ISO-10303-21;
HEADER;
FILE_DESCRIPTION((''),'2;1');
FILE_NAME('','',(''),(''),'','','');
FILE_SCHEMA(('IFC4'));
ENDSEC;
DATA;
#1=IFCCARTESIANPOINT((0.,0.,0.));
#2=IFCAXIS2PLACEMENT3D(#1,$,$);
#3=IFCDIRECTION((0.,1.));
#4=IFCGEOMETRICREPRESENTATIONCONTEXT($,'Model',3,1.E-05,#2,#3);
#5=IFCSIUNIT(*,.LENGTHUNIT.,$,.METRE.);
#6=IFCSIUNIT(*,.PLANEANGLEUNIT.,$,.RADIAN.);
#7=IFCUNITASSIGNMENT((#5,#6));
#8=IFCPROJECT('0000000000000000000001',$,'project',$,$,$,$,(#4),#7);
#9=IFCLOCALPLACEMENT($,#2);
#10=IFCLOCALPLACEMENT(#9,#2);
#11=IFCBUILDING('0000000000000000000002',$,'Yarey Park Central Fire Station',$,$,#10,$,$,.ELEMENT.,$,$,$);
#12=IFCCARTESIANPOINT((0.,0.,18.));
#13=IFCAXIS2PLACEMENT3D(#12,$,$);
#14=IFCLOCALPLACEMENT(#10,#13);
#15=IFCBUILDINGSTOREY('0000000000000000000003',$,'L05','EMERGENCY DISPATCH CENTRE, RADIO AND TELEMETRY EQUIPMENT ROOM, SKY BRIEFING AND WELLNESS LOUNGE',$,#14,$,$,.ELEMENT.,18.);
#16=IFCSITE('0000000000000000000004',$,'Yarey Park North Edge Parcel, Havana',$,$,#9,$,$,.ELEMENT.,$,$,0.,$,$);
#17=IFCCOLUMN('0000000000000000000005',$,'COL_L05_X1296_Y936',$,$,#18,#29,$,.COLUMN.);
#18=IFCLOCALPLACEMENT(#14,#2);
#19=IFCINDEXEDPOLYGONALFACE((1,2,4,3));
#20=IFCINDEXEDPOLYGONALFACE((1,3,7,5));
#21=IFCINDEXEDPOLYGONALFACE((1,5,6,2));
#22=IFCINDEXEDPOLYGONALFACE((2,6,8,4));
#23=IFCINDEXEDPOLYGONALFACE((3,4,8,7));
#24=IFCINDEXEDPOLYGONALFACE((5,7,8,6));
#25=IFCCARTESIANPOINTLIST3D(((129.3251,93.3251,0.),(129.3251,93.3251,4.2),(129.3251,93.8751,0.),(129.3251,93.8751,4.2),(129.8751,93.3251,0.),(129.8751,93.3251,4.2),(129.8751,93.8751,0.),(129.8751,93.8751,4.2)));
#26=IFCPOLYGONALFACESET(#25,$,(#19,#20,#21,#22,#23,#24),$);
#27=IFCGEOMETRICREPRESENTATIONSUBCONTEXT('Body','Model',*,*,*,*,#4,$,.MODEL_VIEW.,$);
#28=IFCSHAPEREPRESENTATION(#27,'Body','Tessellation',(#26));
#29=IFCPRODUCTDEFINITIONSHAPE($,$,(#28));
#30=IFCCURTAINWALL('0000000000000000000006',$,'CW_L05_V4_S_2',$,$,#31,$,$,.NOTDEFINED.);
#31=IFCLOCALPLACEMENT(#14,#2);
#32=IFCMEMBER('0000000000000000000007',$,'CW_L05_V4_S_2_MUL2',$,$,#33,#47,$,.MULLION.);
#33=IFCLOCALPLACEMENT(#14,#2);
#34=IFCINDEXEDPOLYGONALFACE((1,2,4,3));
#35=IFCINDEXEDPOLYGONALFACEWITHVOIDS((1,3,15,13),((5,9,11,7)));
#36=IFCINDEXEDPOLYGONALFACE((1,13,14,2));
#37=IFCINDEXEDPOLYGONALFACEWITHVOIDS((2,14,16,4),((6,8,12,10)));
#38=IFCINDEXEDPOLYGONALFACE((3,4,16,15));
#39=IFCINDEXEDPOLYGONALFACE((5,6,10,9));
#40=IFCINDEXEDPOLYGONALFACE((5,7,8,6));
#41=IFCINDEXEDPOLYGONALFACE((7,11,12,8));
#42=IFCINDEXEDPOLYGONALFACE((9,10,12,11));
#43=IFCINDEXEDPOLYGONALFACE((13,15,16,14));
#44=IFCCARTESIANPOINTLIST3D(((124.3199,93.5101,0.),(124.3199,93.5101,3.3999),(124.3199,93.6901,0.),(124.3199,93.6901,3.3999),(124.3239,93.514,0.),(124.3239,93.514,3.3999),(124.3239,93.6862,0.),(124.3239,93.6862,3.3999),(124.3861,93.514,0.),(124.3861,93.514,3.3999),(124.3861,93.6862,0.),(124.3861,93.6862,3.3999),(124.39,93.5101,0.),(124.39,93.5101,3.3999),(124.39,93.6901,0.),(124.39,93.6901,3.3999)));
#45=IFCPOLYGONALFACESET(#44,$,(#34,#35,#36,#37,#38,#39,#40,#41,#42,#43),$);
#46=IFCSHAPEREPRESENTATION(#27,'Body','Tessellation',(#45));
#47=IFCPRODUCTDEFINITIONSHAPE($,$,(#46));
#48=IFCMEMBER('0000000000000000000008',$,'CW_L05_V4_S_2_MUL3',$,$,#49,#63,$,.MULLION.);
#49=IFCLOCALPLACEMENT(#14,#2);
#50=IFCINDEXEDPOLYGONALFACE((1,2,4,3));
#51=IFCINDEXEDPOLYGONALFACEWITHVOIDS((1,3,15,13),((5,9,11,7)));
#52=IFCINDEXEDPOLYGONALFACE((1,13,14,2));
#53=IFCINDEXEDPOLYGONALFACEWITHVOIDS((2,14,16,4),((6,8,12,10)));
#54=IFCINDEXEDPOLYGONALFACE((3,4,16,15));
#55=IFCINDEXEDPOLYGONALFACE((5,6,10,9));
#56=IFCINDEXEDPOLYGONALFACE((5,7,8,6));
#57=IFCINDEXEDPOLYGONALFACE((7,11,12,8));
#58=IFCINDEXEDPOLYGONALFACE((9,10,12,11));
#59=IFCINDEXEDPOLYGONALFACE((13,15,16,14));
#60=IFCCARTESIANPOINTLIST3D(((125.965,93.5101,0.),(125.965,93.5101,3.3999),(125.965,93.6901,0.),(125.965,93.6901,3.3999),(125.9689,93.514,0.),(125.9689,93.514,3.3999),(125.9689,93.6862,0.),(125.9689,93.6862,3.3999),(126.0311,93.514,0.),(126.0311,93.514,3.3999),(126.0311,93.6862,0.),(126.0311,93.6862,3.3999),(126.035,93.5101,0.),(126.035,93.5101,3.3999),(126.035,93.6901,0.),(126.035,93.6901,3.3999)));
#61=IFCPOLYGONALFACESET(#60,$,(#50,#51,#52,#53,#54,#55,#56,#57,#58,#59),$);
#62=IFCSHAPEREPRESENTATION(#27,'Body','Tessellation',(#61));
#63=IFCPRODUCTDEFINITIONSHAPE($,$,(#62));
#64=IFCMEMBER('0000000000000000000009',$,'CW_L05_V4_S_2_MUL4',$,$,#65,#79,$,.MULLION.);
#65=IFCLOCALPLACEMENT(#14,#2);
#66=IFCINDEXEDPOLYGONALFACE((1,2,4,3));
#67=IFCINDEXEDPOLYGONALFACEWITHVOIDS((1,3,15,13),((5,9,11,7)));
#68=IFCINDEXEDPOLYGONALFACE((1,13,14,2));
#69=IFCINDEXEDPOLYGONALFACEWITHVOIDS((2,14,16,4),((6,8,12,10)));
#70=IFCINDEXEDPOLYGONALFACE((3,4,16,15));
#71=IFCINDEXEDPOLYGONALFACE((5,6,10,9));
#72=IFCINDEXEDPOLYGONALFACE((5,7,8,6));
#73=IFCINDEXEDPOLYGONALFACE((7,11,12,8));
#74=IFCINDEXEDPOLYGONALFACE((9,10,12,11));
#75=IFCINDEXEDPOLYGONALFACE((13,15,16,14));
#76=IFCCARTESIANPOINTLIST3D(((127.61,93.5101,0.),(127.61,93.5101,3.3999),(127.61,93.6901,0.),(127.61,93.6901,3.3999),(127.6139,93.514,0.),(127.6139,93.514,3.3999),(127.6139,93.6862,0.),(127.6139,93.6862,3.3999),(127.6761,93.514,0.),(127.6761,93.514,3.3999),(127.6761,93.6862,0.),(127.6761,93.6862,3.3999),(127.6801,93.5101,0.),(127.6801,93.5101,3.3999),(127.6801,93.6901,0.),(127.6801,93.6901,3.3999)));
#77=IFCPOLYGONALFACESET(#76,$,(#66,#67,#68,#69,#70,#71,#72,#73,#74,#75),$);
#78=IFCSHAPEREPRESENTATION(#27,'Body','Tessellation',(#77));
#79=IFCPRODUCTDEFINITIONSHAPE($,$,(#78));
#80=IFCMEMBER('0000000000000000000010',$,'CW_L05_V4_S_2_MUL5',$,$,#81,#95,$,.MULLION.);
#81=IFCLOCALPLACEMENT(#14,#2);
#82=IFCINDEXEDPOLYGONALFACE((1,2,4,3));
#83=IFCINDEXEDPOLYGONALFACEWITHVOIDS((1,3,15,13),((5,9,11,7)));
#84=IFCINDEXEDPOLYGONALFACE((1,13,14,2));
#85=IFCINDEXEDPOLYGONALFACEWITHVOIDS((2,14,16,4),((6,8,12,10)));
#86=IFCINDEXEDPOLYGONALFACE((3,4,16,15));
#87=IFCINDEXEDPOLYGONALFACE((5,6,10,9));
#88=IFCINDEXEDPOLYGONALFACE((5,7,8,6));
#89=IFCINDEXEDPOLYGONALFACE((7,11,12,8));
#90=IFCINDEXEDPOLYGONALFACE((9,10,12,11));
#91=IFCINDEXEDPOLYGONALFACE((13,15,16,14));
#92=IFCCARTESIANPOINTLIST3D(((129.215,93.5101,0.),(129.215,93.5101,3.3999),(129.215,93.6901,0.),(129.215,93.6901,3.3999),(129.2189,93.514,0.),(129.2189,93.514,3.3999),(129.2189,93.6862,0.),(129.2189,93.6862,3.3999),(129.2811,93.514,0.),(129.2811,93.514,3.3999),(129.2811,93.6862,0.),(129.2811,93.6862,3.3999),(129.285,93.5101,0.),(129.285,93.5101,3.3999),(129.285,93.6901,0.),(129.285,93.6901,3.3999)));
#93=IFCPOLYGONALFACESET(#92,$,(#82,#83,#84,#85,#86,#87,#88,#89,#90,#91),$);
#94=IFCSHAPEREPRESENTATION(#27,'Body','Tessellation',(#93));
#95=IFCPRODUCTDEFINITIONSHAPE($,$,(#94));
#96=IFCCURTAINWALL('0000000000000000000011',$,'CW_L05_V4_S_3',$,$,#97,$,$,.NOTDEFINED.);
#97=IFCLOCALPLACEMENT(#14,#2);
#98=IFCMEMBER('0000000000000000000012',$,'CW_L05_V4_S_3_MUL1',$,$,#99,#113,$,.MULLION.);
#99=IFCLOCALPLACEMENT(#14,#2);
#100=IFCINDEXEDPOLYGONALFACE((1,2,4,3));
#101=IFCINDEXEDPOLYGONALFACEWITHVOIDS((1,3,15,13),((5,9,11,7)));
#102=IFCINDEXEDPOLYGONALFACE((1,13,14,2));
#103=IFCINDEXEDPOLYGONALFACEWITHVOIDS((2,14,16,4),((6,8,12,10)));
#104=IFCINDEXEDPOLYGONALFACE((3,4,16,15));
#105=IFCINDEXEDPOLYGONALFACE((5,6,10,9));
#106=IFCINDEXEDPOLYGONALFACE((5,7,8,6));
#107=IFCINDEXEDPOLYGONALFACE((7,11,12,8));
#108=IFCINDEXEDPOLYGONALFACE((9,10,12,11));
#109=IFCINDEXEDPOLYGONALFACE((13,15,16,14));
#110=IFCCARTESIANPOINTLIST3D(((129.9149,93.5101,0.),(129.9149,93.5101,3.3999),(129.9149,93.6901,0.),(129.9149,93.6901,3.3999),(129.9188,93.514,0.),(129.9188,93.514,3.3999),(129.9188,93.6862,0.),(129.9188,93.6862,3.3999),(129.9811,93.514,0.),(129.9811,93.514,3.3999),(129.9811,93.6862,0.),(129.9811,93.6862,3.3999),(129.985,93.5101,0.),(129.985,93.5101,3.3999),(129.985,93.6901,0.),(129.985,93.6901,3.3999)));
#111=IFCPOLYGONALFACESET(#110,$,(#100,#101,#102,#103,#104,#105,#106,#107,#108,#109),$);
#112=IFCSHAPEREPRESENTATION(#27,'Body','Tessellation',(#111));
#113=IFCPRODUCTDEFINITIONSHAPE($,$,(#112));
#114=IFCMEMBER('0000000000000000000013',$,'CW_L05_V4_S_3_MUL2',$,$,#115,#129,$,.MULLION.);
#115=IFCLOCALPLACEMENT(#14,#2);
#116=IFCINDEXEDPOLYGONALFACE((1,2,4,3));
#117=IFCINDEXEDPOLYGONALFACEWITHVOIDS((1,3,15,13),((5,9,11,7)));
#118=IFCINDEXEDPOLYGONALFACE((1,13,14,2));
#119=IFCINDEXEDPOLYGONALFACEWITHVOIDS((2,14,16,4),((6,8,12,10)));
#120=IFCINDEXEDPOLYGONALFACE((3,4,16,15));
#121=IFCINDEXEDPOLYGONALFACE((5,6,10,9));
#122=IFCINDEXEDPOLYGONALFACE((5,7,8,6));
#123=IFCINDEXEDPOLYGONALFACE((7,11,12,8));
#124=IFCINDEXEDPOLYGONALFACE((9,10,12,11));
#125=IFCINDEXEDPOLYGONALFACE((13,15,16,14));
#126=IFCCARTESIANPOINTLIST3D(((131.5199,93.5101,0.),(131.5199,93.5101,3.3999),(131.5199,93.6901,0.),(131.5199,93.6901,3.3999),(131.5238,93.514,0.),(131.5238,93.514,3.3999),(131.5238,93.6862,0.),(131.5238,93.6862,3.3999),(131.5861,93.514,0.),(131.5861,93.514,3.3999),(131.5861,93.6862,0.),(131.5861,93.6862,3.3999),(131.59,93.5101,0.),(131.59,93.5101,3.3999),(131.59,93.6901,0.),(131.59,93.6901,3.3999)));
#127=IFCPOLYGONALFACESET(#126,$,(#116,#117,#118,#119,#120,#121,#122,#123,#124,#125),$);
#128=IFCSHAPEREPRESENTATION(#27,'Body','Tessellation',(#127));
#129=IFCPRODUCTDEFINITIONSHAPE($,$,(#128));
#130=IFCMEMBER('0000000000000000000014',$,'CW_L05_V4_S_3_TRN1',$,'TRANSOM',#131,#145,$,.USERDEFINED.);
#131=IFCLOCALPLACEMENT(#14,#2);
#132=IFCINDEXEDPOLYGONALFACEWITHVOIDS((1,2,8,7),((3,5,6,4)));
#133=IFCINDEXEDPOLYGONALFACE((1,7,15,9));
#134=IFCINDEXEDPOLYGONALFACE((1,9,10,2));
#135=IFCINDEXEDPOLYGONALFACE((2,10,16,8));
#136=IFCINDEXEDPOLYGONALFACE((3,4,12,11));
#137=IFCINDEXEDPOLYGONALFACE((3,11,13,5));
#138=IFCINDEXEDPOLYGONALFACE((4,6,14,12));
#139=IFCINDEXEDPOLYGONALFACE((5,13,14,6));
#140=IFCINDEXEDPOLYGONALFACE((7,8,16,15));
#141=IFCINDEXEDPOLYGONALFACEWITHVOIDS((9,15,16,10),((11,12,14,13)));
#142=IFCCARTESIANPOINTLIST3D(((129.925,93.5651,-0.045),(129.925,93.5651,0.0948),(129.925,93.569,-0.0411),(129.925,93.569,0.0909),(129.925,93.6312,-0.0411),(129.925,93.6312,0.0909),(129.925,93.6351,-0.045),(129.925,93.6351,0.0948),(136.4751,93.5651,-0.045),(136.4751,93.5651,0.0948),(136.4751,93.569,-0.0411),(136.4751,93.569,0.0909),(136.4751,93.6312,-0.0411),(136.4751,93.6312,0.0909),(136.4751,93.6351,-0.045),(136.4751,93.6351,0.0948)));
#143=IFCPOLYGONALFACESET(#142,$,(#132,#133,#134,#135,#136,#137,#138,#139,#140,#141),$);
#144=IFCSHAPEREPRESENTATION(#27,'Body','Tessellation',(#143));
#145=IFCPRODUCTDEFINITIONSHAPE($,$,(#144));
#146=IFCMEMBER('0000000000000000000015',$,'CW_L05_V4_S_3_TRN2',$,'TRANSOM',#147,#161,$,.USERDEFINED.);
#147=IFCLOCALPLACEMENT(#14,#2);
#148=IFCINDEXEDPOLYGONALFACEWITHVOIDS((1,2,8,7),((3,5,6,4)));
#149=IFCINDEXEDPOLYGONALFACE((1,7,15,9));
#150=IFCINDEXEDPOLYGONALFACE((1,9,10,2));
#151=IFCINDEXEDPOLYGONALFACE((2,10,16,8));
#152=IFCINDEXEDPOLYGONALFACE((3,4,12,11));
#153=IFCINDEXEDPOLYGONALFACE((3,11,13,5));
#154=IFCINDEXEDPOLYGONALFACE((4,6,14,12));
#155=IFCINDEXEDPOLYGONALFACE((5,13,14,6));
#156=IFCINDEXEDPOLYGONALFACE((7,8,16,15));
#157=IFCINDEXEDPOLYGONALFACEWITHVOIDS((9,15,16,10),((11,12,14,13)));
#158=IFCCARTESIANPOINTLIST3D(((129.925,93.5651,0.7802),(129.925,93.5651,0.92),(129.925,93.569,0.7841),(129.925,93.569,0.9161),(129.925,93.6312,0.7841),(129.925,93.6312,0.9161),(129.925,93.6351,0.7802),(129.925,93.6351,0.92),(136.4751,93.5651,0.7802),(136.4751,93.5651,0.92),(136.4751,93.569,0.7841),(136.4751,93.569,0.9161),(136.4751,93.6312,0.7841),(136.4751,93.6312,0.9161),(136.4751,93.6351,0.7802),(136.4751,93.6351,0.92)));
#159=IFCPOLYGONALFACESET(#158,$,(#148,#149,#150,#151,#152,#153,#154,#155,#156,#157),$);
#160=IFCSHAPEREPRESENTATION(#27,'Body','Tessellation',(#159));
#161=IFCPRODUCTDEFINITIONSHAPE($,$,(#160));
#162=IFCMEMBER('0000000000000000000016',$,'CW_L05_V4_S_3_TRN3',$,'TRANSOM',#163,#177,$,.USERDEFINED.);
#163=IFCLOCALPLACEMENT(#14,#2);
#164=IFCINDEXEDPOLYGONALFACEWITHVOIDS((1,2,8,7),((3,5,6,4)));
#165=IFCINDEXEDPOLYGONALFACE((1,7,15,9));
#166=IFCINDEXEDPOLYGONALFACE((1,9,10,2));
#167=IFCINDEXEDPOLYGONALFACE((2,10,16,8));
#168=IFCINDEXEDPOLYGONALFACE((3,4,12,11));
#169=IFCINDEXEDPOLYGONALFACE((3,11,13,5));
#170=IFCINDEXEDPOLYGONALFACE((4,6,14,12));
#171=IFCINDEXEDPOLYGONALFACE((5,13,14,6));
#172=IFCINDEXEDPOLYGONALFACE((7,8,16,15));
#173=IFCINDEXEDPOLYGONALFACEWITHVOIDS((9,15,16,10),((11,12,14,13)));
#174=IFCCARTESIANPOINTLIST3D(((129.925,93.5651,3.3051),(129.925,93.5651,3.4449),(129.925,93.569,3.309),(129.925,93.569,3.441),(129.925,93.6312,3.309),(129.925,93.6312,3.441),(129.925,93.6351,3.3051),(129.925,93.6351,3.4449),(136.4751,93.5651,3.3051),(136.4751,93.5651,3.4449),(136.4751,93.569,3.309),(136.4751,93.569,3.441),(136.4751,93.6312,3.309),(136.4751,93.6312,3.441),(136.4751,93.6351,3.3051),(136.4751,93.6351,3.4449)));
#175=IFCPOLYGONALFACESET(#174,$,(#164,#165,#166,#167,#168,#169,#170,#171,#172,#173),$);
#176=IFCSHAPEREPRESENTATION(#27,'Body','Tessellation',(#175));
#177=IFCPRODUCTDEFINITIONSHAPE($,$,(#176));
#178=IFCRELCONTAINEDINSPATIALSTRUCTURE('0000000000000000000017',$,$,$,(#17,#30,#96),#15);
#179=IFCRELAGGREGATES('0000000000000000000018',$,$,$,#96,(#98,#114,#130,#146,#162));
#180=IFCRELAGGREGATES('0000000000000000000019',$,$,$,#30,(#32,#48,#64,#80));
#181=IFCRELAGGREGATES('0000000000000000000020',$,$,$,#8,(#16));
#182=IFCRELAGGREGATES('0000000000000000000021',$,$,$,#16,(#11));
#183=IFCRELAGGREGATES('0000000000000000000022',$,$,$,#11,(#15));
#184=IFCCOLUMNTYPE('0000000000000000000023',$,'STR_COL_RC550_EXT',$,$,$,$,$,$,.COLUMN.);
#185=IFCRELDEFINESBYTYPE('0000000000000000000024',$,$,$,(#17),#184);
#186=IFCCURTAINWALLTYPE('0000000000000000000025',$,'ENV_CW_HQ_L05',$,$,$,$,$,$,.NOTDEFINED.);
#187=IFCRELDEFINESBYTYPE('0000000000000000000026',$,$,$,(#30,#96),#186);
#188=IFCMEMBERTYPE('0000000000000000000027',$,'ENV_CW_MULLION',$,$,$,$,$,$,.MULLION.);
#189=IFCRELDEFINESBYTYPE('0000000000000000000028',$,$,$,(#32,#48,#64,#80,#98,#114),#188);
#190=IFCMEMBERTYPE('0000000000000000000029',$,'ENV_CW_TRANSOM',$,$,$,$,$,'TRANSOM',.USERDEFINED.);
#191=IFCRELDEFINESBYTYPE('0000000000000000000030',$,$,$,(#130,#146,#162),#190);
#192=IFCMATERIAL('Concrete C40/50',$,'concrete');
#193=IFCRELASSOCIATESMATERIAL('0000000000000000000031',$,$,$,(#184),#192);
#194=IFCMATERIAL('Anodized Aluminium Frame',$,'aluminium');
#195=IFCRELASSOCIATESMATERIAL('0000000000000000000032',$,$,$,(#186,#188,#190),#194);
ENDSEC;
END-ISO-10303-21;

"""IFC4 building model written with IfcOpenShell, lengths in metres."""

from ifc_helpers import new_model, si_unit, direction, frame, origin, origin_2d, place, context, subcontext, project, spatial, rectangle, hollow_rectangle, extrude, material, material_profile, profile_set, type_object, element, aggregate, save


model = new_model("IFC4")

# Units and contexts
model_context = context("Model", 3, precision=1e-05, world=origin(), true_north=direction((0.0, 1.0)))
body_context = subcontext(model_context, "Body", "Model", "MODEL_VIEW")
ifc_project = project(units=[si_unit("LENGTHUNIT", "METRE"), si_unit("PLANEANGLEUNIT", "RADIAN")], contexts=[model_context])

# Site, building, storey
site_placement = place(None, origin())
site = spatial("IfcSite", under=ifc_project, at=site_placement, Name="Yarey Park North Edge Parcel, Havana", CompositionType="ELEMENT", RefElevation=0.0)
building_placement = place(site_placement, origin())
building = spatial("IfcBuilding", under=site, at=building_placement, Name="Yarey Park Central Fire Station", CompositionType="ELEMENT")
storey_placement = place(building_placement, frame((0.0, 0.0, 18.0)))
storey = spatial("IfcBuildingStorey", under=building, at=storey_placement, Name="L05", Description="EMERGENCY DISPATCH CENTRE, RADIO AND TELEMETRY EQUIPMENT ROOM, SKY BRIEFING AND WELLNESS LOUNGE", CompositionType="ELEMENT", Elevation=18.0)

# Column
ifc_material_1 = material(Name="Concrete C40/50", Category="concrete")
ifc_material_profile_1 = material_profile(ifc_material_1, rectangle(XDim=0.55, YDim=0.55, at=origin_2d()), Name="RC 550x550")
ifc_profile_set_1 = profile_set([ifc_material_profile_1], Name="Concrete C40/50")
column_type = type_object("IfcColumnType", Name="STR_COL_RC550_EXT", PredefinedType="COLUMN", material=ifc_profile_set_1)
column_placement = place(storey_placement, frame((129.6001, 93.6001, 0.0), z_axis=(0.0, 0.0, 1.0), x_axis=(1.0, 0.0, 0.0)))
element("IfcColumn", 1, at=column_placement, inside=storey, type_object=column_type, Name="COL_L05_X1296_Y936", PredefinedType="COLUMN", context=body_context, shape_type="SweptSolid", body=[
    extrude(rectangle(XDim=0.55, YDim=0.55, at=origin_2d()), origin(), (0.0, 0.0, 1.0), 4.2),
])

# Curtain walls, members
ifc_material_2 = material(Name="Anodized Aluminium Frame", Category="aluminium")
curtain_wall_type = type_object("IfcCurtainWallType", Name="ENV_CW_HQ_L05", PredefinedType="NOTDEFINED", material=ifc_material_2)
curtain_wall_1_placement = place(storey_placement, origin())
curtain_wall_1 = element("IfcCurtainWall", 2, at=curtain_wall_1_placement, inside=storey, type_object=curtain_wall_type, Name="CW_L05_V4_S_2", PredefinedType="NOTDEFINED")
ifc_material_profile_2 = material_profile(ifc_material_2, hollow_rectangle(XDim=0.0701, YDim=0.1799, WallThickness=0.0039, at=origin_2d()), Name="ALU 180x70x4")
ifc_profile_set_2 = profile_set([ifc_material_profile_2], Name="Anodized Aluminium Frame")
member_type_1 = type_object("IfcMemberType", Name="ENV_CW_MULLION", PredefinedType="MULLION", material=ifc_profile_set_2)
member_1_placement = place(storey_placement, frame((124.355, 93.6001, 0.0), z_axis=(0.0, 0.0, 1.0), x_axis=(1.0, 0.0, 0.0)))
member_1 = element("IfcMember", 3, at=member_1_placement, type_object=member_type_1, Name="CW_L05_V4_S_2_MUL2", PredefinedType="MULLION", context=body_context, shape_type="SweptSolid", body=[
    extrude(hollow_rectangle(XDim=0.0701, YDim=0.1799, WallThickness=0.0039, at=origin_2d()), origin(), (0.0, 0.0, 1.0), 3.3999),
])
member_2_placement = place(storey_placement, frame((126.0, 93.6001, 0.0), z_axis=(0.0, 0.0, 1.0), x_axis=(1.0, 0.0, 0.0)))
member_2 = element("IfcMember", 4, at=member_2_placement, type_object=member_type_1, Name="CW_L05_V4_S_2_MUL3", PredefinedType="MULLION", context=body_context, shape_type="SweptSolid", body=[
    extrude(hollow_rectangle(XDim=0.0701, YDim=0.1799, WallThickness=0.0039, at=origin_2d()), origin(), (0.0, 0.0, 1.0), 3.3999),
])
member_3_placement = place(storey_placement, frame((127.645, 93.6001, 0.0), z_axis=(0.0, 0.0, 1.0), x_axis=(1.0, 0.0, 0.0)))
member_3 = element("IfcMember", 5, at=member_3_placement, type_object=member_type_1, Name="CW_L05_V4_S_2_MUL4", PredefinedType="MULLION", context=body_context, shape_type="SweptSolid", body=[
    extrude(hollow_rectangle(XDim=0.0701, YDim=0.1799, WallThickness=0.0039, at=origin_2d()), origin(), (0.0, 0.0, 1.0), 3.3999),
])
member_4_placement = place(storey_placement, frame((129.25, 93.6001, 0.0), z_axis=(0.0, 0.0, 1.0), x_axis=(1.0, 0.0, 0.0)))
member_4 = element("IfcMember", 6, at=member_4_placement, type_object=member_type_1, Name="CW_L05_V4_S_2_MUL5", PredefinedType="MULLION", context=body_context, shape_type="SweptSolid", body=[
    extrude(hollow_rectangle(XDim=0.0701, YDim=0.1799, WallThickness=0.0039, at=origin_2d()), origin(), (0.0, 0.0, 1.0), 3.3999),
])
curtain_wall_2_placement = place(storey_placement, origin())
curtain_wall_2 = element("IfcCurtainWall", 7, at=curtain_wall_2_placement, inside=storey, type_object=curtain_wall_type, Name="CW_L05_V4_S_3", PredefinedType="NOTDEFINED")
member_5_placement = place(storey_placement, frame((129.95, 93.6001, 0.0), z_axis=(0.0, 0.0, 1.0), x_axis=(1.0, 0.0, 0.0)))
member_5 = element("IfcMember", 8, at=member_5_placement, type_object=member_type_1, Name="CW_L05_V4_S_3_MUL1", PredefinedType="MULLION", context=body_context, shape_type="SweptSolid", body=[
    extrude(hollow_rectangle(XDim=0.0701, YDim=0.1799, WallThickness=0.0039, at=origin_2d()), origin(), (0.0, 0.0, 1.0), 3.3999),
])
member_6_placement = place(storey_placement, frame((131.5549, 93.6001, 0.0), z_axis=(0.0, 0.0, 1.0), x_axis=(1.0, 0.0, 0.0)))
member_6 = element("IfcMember", 9, at=member_6_placement, type_object=member_type_1, Name="CW_L05_V4_S_3_MUL2", PredefinedType="MULLION", context=body_context, shape_type="SweptSolid", body=[
    extrude(hollow_rectangle(XDim=0.0701, YDim=0.1799, WallThickness=0.0039, at=origin_2d()), origin(), (0.0, 0.0, 1.0), 3.3999),
])
ifc_material_profile_3 = material_profile(ifc_material_2, hollow_rectangle(XDim=0.0701, YDim=0.1399, WallThickness=0.0039, at=origin_2d()), Name="ALU 140x70x4")
ifc_profile_set_3 = profile_set([ifc_material_profile_3], Name="Anodized Aluminium Frame")
member_type_2 = type_object("IfcMemberType", Name="ENV_CW_TRANSOM", ElementType="TRANSOM", PredefinedType="USERDEFINED", material=ifc_profile_set_3)
member_7_placement = place(storey_placement, frame((129.925, 93.6001, 0.0249), z_axis=(1.0, 0.0, 0.0), x_axis=(0.0, 1.0, 0.0)))
member_7 = element("IfcMember", 10, at=member_7_placement, type_object=member_type_2, Name="CW_L05_V4_S_3_TRN1", ObjectType="TRANSOM", PredefinedType="USERDEFINED", context=body_context, shape_type="SweptSolid", body=[
    extrude(hollow_rectangle(XDim=0.0701, YDim=0.1399, WallThickness=0.0039, at=origin_2d()), origin(), (0.0, 0.0, 1.0), 6.55),
])
member_8_placement = place(storey_placement, frame((129.925, 93.6001, 0.8501), z_axis=(1.0, 0.0, 0.0), x_axis=(0.0, 1.0, 0.0)))
member_8 = element("IfcMember", 11, at=member_8_placement, type_object=member_type_2, Name="CW_L05_V4_S_3_TRN2", ObjectType="TRANSOM", PredefinedType="USERDEFINED", context=body_context, shape_type="SweptSolid", body=[
    extrude(hollow_rectangle(XDim=0.0701, YDim=0.1399, WallThickness=0.0039, at=origin_2d()), origin(), (0.0, 0.0, 1.0), 6.55),
])
member_9_placement = place(storey_placement, frame((129.925, 93.6001, 3.375), z_axis=(1.0, 0.0, 0.0), x_axis=(0.0, 1.0, 0.0)))
member_9 = element("IfcMember", 12, at=member_9_placement, type_object=member_type_2, Name="CW_L05_V4_S_3_TRN3", ObjectType="TRANSOM", PredefinedType="USERDEFINED", context=body_context, shape_type="SweptSolid", body=[
    extrude(hollow_rectangle(XDim=0.0701, YDim=0.1399, WallThickness=0.0039, at=origin_2d()), origin(), (0.0, 0.0, 1.0), 6.55),
])

aggregate(curtain_wall_2, [member_5, member_6, member_7, member_8, member_9])
aggregate(curtain_wall_1, [member_1, member_2, member_3, member_4])

save(model, "model.ifc")
